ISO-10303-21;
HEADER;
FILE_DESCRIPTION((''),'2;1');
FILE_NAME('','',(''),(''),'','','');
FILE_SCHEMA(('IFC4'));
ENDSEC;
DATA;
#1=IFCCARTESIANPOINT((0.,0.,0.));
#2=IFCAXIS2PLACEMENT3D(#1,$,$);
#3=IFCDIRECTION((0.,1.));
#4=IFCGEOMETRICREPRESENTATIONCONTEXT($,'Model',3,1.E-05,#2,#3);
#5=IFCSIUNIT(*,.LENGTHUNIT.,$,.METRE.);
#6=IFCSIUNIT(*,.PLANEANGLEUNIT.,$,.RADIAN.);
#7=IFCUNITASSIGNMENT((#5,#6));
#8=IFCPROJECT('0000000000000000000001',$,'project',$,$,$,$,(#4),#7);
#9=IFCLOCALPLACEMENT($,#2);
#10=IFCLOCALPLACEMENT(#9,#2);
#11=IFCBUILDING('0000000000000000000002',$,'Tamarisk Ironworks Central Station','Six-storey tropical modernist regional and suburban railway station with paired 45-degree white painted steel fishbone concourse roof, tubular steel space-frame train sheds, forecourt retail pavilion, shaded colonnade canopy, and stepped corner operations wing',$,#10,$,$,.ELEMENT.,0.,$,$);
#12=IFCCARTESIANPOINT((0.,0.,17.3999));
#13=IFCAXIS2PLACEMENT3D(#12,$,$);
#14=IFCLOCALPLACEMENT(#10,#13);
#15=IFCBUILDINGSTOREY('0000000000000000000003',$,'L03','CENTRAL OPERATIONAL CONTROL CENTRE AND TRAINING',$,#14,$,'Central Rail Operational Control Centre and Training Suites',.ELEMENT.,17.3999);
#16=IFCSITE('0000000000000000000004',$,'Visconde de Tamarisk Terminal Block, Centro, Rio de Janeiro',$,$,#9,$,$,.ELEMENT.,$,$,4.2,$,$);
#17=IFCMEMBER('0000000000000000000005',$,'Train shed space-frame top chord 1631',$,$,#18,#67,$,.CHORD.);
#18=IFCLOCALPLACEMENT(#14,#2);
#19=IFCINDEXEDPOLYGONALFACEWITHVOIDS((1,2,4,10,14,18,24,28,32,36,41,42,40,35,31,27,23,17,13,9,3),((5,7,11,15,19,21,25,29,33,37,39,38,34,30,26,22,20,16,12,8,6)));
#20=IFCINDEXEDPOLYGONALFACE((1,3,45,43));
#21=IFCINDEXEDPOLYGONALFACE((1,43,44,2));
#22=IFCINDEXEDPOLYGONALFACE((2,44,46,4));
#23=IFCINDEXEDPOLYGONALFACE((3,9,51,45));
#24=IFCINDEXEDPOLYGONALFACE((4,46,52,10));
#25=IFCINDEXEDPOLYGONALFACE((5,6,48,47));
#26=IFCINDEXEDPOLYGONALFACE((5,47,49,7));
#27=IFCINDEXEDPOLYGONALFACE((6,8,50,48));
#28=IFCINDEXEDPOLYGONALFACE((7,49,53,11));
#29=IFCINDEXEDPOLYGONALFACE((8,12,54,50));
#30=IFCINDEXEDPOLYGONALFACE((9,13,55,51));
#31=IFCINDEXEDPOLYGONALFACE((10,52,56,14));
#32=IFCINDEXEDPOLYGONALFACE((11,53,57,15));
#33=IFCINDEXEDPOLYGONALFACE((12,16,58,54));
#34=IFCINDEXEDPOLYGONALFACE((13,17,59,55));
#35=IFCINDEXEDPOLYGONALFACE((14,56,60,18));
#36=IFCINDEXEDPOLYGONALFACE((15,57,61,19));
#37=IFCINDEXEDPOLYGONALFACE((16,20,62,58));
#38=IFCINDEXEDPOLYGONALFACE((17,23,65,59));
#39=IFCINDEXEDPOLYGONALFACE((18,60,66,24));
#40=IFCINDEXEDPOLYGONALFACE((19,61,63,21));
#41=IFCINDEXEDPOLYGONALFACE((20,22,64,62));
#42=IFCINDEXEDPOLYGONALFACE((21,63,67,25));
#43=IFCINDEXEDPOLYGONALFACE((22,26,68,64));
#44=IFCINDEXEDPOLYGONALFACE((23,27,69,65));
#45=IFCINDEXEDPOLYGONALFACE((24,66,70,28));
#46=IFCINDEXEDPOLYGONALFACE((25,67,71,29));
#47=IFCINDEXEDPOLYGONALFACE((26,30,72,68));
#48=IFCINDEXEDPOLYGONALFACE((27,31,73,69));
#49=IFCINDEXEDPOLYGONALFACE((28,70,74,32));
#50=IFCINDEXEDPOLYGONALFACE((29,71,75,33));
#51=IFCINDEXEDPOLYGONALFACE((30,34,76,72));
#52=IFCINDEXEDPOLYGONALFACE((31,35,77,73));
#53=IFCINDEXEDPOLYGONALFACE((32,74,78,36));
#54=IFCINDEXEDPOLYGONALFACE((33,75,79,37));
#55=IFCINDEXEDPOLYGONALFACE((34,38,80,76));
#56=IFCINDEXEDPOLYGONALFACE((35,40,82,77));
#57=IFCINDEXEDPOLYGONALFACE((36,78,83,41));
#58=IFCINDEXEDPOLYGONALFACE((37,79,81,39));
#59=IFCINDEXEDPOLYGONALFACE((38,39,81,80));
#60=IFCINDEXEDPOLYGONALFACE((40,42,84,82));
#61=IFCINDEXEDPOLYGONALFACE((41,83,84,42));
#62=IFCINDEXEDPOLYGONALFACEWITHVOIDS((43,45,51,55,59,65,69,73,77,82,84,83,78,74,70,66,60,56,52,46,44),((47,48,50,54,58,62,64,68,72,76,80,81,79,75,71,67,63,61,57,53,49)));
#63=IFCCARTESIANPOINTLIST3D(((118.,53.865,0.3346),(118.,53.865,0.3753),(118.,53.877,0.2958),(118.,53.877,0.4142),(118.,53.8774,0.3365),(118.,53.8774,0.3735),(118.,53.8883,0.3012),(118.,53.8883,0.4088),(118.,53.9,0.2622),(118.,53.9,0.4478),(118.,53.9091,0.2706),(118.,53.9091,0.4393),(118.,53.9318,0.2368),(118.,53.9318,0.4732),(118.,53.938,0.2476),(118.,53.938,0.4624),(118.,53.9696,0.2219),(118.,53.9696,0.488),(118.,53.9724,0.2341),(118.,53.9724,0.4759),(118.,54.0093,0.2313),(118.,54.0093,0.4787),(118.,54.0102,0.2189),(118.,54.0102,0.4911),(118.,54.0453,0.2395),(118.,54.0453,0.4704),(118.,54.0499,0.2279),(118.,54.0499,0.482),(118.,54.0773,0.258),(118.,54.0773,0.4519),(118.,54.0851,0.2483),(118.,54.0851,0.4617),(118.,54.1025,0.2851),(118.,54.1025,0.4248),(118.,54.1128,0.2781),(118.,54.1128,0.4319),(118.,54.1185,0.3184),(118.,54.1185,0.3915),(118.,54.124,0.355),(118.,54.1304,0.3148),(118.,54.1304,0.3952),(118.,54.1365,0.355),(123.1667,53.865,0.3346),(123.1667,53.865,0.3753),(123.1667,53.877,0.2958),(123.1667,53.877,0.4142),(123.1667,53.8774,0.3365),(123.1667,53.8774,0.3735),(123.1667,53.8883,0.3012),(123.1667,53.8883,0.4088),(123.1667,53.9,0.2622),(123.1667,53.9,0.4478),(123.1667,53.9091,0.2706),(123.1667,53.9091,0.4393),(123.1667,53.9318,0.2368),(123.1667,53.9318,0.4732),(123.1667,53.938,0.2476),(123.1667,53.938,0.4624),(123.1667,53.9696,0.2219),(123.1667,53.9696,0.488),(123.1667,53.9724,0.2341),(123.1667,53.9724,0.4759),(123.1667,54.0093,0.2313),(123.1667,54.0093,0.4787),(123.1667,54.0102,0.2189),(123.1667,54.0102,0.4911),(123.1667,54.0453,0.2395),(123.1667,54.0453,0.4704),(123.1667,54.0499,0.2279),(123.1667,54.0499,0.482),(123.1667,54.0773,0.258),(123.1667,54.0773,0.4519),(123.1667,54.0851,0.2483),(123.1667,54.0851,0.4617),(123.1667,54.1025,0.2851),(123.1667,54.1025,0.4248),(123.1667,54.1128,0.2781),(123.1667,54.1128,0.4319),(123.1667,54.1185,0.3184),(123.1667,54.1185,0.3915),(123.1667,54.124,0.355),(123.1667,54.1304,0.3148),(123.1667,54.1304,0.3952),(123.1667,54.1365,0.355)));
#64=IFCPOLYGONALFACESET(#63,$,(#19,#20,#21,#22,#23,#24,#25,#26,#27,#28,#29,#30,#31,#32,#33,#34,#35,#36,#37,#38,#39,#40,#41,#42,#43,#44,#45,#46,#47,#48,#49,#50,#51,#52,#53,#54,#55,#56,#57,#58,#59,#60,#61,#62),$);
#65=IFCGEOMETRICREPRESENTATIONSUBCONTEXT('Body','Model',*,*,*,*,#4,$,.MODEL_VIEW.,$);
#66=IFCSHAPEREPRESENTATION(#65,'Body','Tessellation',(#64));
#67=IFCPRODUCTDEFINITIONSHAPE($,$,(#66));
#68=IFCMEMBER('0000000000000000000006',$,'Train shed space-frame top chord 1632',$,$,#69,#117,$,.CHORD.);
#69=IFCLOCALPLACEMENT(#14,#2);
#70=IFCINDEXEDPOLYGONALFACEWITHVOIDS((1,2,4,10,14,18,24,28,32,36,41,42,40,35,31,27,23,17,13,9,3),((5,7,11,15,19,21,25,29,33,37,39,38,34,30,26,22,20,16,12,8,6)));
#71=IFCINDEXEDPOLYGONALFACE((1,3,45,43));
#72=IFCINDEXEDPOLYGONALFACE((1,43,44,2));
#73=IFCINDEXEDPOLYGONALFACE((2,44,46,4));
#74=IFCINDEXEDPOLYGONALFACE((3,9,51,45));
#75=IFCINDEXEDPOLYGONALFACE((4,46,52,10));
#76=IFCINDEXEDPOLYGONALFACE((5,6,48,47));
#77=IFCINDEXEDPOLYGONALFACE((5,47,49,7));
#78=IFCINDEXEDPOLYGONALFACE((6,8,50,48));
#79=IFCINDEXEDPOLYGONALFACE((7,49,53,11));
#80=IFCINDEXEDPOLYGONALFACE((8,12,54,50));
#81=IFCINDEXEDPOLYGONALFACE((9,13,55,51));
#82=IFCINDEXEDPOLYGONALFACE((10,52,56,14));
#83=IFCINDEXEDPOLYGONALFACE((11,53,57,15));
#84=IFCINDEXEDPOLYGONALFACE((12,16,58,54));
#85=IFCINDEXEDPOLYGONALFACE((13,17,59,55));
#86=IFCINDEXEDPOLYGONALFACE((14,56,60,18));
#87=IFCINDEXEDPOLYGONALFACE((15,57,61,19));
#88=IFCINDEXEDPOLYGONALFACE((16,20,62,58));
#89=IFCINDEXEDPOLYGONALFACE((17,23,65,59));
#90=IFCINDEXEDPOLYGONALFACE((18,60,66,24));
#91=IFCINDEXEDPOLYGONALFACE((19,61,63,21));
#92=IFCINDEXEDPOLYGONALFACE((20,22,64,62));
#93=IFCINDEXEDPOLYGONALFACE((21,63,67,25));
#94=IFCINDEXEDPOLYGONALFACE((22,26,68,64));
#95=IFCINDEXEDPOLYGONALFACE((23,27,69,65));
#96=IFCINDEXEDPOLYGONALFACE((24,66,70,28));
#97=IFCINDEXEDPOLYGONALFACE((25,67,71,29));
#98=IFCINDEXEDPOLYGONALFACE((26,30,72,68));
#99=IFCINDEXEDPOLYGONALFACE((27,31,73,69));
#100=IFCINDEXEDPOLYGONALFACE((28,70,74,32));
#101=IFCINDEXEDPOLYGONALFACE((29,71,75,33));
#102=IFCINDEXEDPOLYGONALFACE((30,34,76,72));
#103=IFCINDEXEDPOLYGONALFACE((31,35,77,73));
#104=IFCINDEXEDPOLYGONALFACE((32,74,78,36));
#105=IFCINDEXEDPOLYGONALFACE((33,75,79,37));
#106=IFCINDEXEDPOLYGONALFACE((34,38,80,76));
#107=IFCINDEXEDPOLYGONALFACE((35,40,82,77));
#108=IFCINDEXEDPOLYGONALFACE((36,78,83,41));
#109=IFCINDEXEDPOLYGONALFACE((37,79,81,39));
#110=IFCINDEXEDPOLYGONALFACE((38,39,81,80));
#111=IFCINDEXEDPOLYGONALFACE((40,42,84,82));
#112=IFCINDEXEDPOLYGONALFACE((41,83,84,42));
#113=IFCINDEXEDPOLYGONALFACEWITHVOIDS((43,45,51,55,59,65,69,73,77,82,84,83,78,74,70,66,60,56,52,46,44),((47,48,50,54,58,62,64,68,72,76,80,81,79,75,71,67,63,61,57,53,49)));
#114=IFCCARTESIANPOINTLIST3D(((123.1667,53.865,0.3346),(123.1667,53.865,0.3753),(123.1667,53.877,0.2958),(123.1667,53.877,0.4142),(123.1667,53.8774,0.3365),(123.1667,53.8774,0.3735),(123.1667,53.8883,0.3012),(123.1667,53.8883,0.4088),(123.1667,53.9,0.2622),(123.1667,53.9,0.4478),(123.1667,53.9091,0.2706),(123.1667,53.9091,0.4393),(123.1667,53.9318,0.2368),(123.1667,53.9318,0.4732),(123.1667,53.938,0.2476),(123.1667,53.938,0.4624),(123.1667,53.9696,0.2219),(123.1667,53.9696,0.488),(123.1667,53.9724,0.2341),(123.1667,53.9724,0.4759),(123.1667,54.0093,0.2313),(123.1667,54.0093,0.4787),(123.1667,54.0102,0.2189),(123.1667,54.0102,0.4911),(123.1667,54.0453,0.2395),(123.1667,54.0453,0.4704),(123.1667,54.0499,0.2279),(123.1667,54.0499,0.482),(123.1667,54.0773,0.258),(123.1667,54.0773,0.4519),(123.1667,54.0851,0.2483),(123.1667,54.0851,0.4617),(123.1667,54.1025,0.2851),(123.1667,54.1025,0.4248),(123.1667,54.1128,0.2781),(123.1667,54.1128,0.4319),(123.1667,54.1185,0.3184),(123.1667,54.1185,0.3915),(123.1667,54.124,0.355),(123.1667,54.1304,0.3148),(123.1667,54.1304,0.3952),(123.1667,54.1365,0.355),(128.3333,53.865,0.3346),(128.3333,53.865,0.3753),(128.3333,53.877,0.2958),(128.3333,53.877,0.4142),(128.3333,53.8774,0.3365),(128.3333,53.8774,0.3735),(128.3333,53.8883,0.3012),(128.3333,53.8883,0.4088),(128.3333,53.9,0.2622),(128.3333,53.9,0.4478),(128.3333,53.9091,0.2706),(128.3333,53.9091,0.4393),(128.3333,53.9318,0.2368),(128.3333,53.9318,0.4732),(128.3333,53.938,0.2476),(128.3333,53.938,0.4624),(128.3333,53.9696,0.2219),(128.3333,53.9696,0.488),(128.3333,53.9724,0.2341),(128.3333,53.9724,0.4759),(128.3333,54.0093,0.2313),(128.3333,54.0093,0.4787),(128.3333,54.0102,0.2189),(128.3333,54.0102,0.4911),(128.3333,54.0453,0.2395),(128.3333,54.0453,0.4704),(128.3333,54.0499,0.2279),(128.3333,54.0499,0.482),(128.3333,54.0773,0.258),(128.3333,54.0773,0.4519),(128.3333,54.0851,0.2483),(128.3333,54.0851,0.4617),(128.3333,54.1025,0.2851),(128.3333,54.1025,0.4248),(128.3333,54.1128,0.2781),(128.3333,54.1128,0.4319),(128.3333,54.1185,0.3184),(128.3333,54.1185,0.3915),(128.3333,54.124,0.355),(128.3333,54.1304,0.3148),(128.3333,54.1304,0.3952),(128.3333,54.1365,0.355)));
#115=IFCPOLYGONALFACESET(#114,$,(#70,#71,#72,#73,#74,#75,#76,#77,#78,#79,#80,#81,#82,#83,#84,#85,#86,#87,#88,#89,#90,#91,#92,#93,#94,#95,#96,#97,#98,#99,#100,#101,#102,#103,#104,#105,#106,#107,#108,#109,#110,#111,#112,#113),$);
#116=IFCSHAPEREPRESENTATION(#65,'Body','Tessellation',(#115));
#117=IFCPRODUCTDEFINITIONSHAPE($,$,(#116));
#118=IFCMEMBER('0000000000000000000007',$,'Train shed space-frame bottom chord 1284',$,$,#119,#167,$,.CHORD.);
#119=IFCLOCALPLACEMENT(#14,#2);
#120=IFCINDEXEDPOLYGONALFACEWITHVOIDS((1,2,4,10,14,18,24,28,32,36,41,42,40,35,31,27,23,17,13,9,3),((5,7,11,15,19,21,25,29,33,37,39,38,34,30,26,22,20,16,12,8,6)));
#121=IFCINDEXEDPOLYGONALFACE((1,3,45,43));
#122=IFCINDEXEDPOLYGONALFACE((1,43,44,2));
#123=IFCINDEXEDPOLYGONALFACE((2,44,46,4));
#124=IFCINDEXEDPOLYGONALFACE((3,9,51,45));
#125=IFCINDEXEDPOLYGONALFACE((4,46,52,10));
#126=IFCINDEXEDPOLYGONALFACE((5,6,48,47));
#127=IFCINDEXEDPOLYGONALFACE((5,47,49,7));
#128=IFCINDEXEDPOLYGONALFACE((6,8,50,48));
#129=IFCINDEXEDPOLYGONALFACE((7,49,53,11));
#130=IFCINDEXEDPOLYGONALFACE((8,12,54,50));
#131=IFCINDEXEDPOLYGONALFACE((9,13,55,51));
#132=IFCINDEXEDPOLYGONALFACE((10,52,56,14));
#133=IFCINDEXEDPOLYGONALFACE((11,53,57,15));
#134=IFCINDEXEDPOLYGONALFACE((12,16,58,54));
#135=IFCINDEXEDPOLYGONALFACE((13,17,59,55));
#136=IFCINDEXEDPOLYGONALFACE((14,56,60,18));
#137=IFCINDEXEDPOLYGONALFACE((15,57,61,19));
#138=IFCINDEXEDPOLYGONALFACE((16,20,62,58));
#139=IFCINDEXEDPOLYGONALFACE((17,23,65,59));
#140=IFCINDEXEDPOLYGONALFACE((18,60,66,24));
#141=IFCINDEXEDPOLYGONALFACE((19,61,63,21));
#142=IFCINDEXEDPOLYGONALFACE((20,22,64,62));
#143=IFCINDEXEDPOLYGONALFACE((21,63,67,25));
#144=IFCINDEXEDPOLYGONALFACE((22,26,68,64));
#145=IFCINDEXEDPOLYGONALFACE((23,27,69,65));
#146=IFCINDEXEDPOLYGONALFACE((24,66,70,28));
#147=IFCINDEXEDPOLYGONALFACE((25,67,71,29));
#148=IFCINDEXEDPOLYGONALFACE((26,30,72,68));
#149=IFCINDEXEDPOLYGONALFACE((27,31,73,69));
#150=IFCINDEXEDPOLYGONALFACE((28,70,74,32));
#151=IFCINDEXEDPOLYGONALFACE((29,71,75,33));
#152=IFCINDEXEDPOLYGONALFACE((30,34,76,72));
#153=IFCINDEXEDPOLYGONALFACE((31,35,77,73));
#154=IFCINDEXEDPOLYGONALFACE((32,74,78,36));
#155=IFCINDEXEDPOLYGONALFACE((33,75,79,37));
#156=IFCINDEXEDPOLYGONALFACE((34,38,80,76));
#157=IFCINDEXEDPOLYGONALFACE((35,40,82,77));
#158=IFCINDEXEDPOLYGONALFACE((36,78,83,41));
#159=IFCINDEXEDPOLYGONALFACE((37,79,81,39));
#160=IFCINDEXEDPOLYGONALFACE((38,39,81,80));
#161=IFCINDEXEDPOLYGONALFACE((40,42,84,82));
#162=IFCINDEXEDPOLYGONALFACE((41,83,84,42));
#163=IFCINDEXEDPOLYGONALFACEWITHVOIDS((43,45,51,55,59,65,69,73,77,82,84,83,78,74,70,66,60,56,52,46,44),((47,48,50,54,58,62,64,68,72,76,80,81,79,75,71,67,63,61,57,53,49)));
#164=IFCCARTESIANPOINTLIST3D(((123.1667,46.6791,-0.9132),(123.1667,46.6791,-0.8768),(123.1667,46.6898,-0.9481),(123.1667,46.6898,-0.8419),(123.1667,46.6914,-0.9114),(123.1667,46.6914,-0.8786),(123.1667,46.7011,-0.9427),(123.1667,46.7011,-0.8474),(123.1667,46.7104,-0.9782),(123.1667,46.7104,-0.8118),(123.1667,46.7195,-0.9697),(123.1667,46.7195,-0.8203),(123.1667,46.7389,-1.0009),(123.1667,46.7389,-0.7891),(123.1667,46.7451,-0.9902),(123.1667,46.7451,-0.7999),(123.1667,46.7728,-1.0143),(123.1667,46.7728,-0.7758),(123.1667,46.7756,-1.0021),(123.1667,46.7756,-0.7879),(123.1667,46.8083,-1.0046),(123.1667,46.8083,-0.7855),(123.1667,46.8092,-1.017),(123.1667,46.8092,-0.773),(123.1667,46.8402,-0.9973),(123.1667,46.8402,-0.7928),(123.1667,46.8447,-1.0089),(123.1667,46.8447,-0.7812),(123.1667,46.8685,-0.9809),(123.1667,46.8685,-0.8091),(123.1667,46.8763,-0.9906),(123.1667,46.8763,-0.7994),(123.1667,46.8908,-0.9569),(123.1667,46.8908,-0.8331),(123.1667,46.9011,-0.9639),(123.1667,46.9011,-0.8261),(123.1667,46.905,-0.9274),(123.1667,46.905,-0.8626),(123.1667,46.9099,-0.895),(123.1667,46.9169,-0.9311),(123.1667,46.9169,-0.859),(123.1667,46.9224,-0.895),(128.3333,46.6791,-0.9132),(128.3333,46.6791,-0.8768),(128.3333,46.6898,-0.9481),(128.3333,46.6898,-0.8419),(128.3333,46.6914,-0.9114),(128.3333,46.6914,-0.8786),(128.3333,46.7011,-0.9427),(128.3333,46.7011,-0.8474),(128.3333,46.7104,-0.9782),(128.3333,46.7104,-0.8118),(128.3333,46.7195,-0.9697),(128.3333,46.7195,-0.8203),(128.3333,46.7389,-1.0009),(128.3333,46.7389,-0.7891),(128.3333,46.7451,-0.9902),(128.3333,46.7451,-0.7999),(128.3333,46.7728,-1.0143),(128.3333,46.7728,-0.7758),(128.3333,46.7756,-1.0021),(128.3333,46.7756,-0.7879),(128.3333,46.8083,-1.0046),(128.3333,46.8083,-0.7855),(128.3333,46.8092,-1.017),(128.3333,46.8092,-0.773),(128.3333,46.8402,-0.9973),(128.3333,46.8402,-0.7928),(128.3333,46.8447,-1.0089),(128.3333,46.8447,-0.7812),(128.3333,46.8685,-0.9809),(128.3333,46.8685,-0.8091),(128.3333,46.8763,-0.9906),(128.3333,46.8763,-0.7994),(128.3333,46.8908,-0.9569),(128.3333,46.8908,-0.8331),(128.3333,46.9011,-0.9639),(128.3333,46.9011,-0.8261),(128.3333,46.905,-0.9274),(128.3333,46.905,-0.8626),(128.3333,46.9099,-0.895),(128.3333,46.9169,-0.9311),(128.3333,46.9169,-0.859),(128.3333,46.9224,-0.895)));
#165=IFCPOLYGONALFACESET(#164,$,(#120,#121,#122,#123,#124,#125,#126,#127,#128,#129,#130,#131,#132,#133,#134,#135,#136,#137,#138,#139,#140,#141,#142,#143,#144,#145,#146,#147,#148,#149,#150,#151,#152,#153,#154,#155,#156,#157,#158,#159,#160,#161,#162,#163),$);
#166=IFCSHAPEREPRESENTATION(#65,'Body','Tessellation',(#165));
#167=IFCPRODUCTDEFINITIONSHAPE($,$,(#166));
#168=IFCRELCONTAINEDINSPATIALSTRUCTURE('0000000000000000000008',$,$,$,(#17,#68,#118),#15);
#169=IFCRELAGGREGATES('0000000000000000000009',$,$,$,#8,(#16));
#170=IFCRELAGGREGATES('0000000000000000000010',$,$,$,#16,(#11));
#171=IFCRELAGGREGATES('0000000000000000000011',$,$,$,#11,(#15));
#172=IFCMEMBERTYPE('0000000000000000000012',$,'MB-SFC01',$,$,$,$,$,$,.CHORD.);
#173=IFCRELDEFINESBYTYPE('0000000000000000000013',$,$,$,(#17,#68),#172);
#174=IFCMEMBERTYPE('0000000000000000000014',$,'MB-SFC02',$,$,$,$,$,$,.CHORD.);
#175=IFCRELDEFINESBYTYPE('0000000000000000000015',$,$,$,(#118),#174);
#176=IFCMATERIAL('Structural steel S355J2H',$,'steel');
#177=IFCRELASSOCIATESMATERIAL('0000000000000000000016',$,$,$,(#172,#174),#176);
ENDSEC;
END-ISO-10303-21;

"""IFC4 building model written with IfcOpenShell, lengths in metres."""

from ifc_helpers import new_model, si_unit, direction, frame, origin, origin_2d, place, context, subcontext, project, spatial, hollow_circle, extrude, material, material_profile, profile_set, type_object, element, save


model = new_model("IFC4")

# Units and contexts
model_context = context("Model", 3, precision=1e-05, world=origin(), true_north=direction((0.0, 1.0)))
body_context = subcontext(model_context, "Body", "Model", "MODEL_VIEW")
ifc_project = project(units=[si_unit("LENGTHUNIT", "METRE"), si_unit("PLANEANGLEUNIT", "RADIAN")], contexts=[model_context])

# Site, building, storey
site_placement = place(None, origin())
site = spatial("IfcSite", under=ifc_project, at=site_placement, Name="Visconde de Tamarisk Terminal Block, Centro, Rio de Janeiro", CompositionType="ELEMENT", RefElevation=4.2)
building_placement = place(site_placement, origin())
building = spatial("IfcBuilding", under=site, at=building_placement, Name="Tamarisk Ironworks Central Station", Description="Six-storey tropical modernist regional and suburban railway station with paired 45-degree white painted steel fishbone concourse roof, tubular steel space-frame train sheds, forecourt retail pavilion, shaded colonnade canopy, and stepped corner operations wing", CompositionType="ELEMENT", ElevationOfRefHeight=0.0)
storey_placement = place(building_placement, frame((0.0, 0.0, 17.3999)))
storey = spatial("IfcBuildingStorey", under=building, at=storey_placement, Name="L03", Description="CENTRAL OPERATIONAL CONTROL CENTRE AND TRAINING", LongName="Central Rail Operational Control Centre and Training Suites", CompositionType="ELEMENT", Elevation=17.3999)

# Members
ifc_material_1 = material(Name="Structural steel S355J2H", Category="steel")
ifc_material_profile_1 = material_profile(ifc_material_1, hollow_circle(Radius=0.1365, WallThickness=0.0125, at=origin_2d()), Name="CHS 273x12.5")
ifc_profile_set_1 = profile_set([ifc_material_profile_1], Name="Structural steel S355J2H")
member_type_1 = type_object("IfcMemberType", Name="MB-SFC01", PredefinedType="CHORD", material=ifc_profile_set_1)
member_1_placement = place(storey_placement, frame((118.0, 54.0, 0.355), z_axis=(1.0, 0.0, 0.0), x_axis=(0.0, 1.0, 0.0)))
element("IfcMember", 1, at=member_1_placement, inside=storey, type_object=member_type_1, Name="Train shed space-frame top chord 1631", PredefinedType="CHORD", context=body_context, shape_type="SweptSolid", body=[
    extrude(hollow_circle(Radius=0.1365, WallThickness=0.0125, at=origin_2d()), origin(), (0.0, 0.0, 1.0), 5.1667),
])
member_2_placement = place(storey_placement, frame((123.1667, 54.0, 0.355), z_axis=(1.0, 0.0, 0.0), x_axis=(0.0, 1.0, 0.0)))
element("IfcMember", 2, at=member_2_placement, inside=storey, type_object=member_type_1, Name="Train shed space-frame top chord 1632", PredefinedType="CHORD", context=body_context, shape_type="SweptSolid", body=[
    extrude(hollow_circle(Radius=0.1365, WallThickness=0.0125, at=origin_2d()), origin(), (0.0, 0.0, 1.0), 5.1665),
])
ifc_material_profile_2 = material_profile(ifc_material_1, hollow_circle(Radius=0.1223, WallThickness=0.0125, at=origin_2d()), Name="CHS 244.5x12.5")
ifc_profile_set_2 = profile_set([ifc_material_profile_2], Name="Structural steel S355J2H")
member_type_2 = type_object("IfcMemberType", Name="MB-SFC02", PredefinedType="CHORD", material=ifc_profile_set_2)
member_3_placement = place(storey_placement, frame((123.1667, 46.8, -0.895), z_axis=(1.0, 0.0, 0.0), x_axis=(0.0, 1.0, 0.0)))
element("IfcMember", 3, at=member_3_placement, inside=storey, type_object=member_type_2, Name="Train shed space-frame bottom chord 1284", PredefinedType="CHORD", context=body_context, shape_type="SweptSolid", body=[
    extrude(hollow_circle(Radius=0.1223, WallThickness=0.0125, at=origin_2d()), origin(), (0.0, 0.0, 1.0), 5.1665),
])

save(model, "model.ifc")
